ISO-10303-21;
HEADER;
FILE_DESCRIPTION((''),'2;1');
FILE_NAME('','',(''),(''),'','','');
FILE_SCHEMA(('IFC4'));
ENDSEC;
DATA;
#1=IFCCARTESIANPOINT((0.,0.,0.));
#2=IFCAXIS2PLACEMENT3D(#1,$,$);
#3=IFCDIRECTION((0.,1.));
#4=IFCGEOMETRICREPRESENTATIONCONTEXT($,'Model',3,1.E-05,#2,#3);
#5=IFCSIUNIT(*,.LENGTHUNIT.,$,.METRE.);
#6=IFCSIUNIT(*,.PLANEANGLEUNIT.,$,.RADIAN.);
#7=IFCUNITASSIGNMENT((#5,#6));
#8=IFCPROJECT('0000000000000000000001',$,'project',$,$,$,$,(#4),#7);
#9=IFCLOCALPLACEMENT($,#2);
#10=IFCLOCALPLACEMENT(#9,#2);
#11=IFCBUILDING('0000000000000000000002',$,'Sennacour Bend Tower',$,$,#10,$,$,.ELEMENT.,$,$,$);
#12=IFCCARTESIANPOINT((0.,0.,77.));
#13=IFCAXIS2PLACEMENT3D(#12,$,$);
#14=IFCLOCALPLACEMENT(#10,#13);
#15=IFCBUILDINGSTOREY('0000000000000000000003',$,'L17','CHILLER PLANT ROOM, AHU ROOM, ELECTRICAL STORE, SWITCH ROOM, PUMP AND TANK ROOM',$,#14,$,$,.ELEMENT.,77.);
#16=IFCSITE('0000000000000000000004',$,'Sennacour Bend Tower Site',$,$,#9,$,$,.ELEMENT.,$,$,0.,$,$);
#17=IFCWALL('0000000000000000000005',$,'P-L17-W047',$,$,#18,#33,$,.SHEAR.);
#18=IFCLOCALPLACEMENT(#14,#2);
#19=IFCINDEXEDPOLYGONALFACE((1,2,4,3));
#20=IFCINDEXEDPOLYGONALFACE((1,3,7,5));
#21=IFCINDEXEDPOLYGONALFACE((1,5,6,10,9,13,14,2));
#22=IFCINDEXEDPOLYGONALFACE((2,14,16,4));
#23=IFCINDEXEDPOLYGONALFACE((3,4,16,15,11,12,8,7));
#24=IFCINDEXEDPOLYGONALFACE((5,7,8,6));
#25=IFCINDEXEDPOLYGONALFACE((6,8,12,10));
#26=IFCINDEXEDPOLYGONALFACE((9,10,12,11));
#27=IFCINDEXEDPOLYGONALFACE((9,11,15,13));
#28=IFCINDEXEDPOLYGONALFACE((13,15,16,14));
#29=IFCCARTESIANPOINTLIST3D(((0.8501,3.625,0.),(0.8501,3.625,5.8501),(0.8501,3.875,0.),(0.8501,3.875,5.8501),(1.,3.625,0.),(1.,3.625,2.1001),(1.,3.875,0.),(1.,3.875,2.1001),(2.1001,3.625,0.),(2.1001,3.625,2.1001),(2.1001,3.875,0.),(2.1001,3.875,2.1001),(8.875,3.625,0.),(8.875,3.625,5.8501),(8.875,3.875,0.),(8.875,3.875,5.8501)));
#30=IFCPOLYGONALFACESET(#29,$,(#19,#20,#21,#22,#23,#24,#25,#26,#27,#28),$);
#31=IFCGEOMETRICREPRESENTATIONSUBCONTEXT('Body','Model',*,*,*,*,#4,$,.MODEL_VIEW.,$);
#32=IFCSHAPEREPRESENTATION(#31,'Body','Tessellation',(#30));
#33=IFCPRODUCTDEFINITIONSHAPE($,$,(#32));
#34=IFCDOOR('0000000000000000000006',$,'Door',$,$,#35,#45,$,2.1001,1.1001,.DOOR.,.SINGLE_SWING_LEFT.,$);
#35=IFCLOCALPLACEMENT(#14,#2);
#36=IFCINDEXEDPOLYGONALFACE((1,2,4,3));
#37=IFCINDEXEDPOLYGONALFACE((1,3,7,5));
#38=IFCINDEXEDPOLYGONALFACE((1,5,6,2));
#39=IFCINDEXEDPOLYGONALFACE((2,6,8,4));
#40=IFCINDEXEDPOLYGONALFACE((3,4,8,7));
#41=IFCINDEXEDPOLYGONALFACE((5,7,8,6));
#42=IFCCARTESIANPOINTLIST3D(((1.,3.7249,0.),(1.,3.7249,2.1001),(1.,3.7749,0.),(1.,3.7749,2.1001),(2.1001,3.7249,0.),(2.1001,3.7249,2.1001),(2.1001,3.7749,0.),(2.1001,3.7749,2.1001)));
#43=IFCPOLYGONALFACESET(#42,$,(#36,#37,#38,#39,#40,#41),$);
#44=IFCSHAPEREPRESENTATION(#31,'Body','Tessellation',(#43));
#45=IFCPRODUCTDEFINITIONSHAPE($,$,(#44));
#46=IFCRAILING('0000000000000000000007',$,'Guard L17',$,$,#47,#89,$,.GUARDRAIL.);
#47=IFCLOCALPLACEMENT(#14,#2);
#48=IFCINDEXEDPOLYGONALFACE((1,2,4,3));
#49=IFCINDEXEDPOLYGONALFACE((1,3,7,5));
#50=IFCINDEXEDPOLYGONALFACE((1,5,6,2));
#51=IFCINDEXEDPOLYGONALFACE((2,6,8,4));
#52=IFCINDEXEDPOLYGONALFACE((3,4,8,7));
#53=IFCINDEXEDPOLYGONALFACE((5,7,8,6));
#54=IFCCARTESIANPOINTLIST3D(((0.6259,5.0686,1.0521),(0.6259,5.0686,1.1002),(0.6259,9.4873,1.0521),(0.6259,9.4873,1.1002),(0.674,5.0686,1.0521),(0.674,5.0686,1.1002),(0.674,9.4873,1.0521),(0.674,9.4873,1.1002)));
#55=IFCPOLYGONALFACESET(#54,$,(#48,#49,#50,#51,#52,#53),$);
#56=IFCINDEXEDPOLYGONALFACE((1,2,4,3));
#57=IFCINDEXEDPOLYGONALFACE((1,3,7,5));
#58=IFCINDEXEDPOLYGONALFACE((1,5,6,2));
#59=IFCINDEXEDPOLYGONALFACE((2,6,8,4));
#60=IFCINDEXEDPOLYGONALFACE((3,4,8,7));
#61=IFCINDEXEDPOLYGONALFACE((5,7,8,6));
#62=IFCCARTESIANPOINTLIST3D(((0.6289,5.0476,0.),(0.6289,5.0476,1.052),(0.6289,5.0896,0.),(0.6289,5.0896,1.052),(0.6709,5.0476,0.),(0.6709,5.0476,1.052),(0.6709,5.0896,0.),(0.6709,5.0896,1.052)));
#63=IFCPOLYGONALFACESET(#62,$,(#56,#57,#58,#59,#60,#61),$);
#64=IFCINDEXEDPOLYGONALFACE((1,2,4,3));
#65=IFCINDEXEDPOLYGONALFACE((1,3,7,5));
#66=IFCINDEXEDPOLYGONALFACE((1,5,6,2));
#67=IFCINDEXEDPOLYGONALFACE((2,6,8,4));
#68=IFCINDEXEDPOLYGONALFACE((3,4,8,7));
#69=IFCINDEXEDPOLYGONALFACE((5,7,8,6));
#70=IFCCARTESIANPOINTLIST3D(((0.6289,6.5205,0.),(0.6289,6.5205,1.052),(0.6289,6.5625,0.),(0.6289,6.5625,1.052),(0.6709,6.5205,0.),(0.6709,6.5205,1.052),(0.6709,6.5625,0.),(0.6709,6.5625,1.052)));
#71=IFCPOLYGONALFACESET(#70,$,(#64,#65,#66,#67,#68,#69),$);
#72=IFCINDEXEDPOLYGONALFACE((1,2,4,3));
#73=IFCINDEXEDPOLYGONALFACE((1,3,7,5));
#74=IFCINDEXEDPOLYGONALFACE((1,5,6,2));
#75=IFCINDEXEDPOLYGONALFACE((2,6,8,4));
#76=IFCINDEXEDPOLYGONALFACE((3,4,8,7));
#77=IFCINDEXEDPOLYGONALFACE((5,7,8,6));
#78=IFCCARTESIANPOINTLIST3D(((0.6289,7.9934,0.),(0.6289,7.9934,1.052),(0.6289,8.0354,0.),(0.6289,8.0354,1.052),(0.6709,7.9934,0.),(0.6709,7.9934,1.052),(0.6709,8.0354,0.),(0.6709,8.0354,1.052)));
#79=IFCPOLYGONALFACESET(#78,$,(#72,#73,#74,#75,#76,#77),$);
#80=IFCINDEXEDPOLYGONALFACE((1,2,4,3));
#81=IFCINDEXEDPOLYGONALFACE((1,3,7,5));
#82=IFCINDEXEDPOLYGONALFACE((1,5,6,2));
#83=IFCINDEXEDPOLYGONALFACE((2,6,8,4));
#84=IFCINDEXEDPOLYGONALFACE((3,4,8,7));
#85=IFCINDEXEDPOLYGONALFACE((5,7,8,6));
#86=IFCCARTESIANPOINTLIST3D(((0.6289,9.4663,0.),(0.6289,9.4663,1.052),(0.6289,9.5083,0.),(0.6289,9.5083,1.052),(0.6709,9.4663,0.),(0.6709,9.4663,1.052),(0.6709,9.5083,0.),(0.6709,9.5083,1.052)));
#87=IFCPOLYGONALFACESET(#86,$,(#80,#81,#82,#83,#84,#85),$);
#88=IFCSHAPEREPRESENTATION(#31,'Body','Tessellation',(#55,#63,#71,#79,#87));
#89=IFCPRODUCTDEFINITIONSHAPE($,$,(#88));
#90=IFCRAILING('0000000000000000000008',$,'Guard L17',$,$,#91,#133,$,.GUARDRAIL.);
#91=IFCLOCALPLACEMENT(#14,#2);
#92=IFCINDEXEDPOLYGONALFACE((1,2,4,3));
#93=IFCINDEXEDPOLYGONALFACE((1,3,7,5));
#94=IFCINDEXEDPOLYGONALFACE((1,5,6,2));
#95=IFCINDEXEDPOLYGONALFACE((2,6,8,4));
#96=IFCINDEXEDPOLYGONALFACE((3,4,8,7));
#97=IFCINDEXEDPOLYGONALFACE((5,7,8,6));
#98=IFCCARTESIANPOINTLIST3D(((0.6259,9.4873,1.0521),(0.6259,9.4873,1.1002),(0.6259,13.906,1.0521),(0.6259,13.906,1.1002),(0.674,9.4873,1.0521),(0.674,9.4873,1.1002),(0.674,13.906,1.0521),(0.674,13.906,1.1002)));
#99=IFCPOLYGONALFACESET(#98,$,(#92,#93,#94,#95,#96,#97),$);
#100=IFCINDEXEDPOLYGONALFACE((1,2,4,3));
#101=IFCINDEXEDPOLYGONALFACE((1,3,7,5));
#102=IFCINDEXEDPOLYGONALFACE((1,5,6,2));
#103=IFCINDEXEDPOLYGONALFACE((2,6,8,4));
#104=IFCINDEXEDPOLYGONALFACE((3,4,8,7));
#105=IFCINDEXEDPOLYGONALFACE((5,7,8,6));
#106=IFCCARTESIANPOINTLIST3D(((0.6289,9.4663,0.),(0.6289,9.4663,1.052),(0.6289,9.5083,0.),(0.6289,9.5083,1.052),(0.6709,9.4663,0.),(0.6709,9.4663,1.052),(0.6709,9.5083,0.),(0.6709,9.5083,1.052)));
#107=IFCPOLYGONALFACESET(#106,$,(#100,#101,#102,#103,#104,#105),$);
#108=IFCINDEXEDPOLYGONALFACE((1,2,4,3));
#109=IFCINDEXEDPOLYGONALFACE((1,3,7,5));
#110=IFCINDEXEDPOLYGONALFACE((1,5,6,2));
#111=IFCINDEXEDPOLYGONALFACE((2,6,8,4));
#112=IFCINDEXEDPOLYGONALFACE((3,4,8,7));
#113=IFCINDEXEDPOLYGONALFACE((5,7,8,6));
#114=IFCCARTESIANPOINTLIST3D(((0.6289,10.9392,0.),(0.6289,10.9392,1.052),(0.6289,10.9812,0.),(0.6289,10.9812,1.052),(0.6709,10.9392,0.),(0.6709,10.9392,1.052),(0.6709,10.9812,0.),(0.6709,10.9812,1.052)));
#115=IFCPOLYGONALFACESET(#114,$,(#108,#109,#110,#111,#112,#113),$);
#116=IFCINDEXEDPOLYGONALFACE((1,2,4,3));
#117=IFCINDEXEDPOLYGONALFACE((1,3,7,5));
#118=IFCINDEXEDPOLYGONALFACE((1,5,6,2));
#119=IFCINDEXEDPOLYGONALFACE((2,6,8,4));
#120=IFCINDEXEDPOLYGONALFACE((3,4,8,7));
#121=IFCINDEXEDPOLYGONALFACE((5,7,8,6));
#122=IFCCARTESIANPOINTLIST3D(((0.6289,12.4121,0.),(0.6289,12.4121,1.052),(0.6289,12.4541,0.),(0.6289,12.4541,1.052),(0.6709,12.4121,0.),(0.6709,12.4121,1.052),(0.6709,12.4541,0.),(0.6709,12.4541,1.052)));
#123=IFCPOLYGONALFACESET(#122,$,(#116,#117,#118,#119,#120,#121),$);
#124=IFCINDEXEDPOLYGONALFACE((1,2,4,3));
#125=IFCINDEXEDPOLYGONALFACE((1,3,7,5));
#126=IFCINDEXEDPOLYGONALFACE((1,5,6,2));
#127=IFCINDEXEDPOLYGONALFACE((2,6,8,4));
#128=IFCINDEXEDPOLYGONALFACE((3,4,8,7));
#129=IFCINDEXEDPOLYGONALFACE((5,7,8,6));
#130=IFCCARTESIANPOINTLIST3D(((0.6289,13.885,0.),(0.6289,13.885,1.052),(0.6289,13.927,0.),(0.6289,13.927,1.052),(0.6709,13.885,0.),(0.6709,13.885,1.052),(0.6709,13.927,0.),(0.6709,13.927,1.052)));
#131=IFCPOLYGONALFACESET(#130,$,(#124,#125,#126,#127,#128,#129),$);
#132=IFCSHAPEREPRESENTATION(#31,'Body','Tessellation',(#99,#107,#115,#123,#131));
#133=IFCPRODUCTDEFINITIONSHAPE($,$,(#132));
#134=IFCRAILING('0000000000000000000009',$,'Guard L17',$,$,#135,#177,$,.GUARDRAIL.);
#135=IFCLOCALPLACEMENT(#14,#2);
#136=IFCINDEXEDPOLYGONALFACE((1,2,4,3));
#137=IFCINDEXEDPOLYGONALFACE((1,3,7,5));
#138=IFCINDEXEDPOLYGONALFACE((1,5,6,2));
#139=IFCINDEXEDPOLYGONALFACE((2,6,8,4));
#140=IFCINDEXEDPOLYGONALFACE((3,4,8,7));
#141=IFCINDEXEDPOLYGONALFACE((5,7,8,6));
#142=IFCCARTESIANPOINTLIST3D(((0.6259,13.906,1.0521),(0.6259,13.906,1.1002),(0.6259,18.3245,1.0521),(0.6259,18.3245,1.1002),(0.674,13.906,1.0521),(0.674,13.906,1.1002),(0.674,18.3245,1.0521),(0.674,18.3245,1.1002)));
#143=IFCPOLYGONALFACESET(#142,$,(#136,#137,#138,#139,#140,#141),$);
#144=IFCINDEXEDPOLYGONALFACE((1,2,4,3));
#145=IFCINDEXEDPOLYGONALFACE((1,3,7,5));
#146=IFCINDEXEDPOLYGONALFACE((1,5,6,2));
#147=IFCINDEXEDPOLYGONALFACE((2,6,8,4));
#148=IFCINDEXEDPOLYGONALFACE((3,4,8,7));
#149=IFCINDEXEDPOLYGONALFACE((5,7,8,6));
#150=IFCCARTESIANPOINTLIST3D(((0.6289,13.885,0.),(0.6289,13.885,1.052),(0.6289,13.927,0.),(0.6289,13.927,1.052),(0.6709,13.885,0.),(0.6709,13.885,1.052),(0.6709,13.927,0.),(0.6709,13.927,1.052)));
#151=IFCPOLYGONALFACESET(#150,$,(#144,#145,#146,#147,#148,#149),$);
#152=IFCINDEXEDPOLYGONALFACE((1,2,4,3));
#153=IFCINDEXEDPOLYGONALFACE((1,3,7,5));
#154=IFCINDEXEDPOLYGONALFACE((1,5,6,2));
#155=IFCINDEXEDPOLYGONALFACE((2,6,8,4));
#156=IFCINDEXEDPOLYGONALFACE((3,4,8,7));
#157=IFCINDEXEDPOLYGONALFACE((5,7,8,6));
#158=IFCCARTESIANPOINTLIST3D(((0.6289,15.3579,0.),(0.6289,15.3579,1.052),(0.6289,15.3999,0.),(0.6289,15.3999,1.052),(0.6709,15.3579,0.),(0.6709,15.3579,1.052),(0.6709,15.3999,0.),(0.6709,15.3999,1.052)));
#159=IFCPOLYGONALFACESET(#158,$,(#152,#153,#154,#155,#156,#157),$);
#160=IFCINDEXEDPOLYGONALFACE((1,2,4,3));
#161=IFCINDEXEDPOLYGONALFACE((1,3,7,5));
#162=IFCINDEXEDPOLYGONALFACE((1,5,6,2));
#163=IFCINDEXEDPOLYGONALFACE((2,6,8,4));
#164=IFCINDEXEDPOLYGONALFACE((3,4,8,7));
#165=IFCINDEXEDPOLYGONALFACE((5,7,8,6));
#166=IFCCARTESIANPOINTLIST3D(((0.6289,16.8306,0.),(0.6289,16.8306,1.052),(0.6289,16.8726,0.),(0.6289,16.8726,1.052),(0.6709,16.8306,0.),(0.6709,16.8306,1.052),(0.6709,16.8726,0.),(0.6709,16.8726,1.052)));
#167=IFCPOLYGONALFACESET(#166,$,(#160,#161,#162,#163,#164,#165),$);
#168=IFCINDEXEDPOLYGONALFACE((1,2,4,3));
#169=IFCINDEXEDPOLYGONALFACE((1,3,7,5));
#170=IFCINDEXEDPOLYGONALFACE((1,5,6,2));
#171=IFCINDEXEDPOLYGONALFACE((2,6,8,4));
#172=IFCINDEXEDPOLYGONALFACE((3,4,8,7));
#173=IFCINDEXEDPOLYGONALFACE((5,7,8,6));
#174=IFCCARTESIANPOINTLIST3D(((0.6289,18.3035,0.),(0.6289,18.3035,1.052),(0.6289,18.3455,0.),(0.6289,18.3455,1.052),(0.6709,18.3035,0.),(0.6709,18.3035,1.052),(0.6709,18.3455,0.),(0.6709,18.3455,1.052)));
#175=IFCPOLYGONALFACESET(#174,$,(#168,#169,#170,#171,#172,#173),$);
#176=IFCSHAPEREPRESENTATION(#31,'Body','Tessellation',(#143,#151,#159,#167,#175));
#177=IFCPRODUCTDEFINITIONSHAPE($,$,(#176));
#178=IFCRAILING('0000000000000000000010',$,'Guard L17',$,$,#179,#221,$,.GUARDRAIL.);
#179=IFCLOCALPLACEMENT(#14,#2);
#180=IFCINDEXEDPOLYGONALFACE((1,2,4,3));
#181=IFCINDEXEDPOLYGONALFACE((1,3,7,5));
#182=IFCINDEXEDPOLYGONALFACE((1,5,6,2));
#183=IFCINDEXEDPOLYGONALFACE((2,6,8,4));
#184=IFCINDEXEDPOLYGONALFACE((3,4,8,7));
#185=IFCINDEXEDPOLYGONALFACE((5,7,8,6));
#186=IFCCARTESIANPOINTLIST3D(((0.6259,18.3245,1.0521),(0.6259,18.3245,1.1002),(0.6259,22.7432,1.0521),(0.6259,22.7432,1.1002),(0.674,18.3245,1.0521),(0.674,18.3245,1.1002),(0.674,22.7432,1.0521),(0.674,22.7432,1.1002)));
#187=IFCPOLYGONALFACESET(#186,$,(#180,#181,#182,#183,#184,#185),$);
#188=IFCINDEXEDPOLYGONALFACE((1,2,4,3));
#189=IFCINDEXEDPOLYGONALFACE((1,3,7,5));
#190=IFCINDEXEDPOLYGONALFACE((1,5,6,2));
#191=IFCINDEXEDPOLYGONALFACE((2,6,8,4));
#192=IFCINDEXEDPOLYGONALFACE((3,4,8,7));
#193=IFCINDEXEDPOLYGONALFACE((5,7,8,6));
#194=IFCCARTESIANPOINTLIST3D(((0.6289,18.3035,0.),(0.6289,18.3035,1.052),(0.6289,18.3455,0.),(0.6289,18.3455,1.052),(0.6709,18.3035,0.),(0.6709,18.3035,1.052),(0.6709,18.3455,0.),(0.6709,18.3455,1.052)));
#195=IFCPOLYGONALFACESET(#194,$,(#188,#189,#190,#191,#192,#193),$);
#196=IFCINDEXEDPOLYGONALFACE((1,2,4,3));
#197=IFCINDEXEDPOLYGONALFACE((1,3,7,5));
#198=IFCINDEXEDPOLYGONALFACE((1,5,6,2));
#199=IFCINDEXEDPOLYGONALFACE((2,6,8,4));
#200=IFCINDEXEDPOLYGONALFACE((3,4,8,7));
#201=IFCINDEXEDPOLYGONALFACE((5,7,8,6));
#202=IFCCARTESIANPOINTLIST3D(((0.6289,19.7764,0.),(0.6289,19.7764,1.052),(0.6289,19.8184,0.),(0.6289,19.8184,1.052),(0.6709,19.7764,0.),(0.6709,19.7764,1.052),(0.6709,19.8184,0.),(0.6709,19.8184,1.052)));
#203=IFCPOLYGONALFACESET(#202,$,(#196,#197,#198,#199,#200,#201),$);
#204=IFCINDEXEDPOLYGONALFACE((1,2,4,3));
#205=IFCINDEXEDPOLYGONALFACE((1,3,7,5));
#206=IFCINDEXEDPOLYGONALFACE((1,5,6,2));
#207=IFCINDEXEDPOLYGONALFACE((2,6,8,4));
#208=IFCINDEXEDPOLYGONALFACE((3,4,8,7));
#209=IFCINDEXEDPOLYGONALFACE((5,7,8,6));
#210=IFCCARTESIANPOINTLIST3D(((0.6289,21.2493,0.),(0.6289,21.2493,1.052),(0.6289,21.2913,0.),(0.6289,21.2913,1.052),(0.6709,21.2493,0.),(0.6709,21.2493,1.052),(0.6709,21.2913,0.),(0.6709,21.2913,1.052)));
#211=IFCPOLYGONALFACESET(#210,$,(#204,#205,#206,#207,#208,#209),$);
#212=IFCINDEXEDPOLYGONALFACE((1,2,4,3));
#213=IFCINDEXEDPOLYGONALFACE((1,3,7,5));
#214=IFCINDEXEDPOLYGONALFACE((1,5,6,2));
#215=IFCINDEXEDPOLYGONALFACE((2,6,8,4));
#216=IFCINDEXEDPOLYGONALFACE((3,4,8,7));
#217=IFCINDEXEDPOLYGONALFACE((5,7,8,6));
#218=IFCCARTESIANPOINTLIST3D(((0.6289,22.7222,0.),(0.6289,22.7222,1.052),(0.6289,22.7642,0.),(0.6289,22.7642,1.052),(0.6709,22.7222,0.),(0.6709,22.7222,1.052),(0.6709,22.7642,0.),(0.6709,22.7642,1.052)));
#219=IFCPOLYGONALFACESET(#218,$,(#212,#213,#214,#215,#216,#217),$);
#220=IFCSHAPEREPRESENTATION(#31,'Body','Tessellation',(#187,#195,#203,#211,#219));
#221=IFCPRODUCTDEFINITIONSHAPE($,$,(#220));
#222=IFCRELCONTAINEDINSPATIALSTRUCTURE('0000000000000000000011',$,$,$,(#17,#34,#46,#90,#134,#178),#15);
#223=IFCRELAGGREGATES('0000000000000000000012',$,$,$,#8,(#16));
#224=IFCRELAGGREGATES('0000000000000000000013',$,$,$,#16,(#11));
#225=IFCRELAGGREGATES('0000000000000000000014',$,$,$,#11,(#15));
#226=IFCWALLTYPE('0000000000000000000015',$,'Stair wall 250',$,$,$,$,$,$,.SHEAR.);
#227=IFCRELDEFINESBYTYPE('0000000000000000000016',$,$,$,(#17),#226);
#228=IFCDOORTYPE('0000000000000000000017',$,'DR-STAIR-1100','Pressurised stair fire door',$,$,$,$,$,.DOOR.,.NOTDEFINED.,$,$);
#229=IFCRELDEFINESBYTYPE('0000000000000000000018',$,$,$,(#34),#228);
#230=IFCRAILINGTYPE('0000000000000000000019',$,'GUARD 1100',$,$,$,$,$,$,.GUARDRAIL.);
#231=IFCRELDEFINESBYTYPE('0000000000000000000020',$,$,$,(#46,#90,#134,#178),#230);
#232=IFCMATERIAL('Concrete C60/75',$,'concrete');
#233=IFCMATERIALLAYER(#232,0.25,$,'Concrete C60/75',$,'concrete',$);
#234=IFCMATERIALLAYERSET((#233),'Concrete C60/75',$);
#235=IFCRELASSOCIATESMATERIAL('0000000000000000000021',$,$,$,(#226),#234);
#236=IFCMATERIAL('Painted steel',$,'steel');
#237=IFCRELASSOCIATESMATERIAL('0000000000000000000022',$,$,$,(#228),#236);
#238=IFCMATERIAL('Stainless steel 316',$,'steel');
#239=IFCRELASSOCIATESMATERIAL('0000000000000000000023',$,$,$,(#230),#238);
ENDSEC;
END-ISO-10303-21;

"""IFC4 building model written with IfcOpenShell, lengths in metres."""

from ifc_helpers import new_model, si_unit, direction, frame, frame_2d, origin, origin_2d, place, context, subcontext, project, spatial, rectangle, extrude, material, layer, layer_set, type_object, element, fill, save


model = new_model("IFC4")

# Units and contexts
model_context = context("Model", 3, precision=1e-05, world=origin(), true_north=direction((0.0, 1.0)))
body_context = subcontext(model_context, "Body", "Model", "MODEL_VIEW")
ifc_project = project(units=[si_unit("LENGTHUNIT", "METRE"), si_unit("PLANEANGLEUNIT", "RADIAN")], contexts=[model_context])

# Site, building, storey
site_placement = place(None, origin())
site = spatial("IfcSite", under=ifc_project, at=site_placement, Name="Sennacour Bend Tower Site", CompositionType="ELEMENT", RefElevation=0.0)
building_placement = place(site_placement, origin())
building = spatial("IfcBuilding", under=site, at=building_placement, Name="Sennacour Bend Tower", CompositionType="ELEMENT")
storey_placement = place(building_placement, frame((0.0, 0.0, 77.0)))
storey = spatial("IfcBuildingStorey", under=building, at=storey_placement, Name="L17", Description="CHILLER PLANT ROOM, AHU ROOM, ELECTRICAL STORE, SWITCH ROOM, PUMP AND TANK ROOM", CompositionType="ELEMENT", Elevation=77.0)

# Wall, opening, door
ifc_material_1 = material(Name="Painted steel", Category="steel")
ifc_material_2 = material(Name="Concrete C60/75", Category="concrete")
ifc_layer_1 = layer(ifc_material_2, 0.25, Name="Concrete C60/75", Category="concrete")
ifc_layer_set_1 = layer_set([ifc_layer_1], Name="Concrete C60/75")
wall_type_1 = type_object("IfcWallType", Name="Stair wall 250", PredefinedType="SHEAR", material=ifc_layer_set_1)
wall_1_placement = place(storey_placement, frame((0.8501, 3.75, 0.0), z_axis=(0.0, 0.0, 1.0), x_axis=(1.0, 0.0, 0.0)))
wall_1 = element("IfcWall", 1, at=wall_1_placement, inside=storey, type_object=wall_type_1, Name="P-L17-W047", PredefinedType="SHEAR", context=body_context, shape_type="SweptSolid", body=[
    extrude(rectangle(XDim=8.0249, YDim=0.25, at=frame_2d((4.0125, 0.0))), origin(), (0.0, 0.0, 1.0), 5.8501),
])
opening_1_placement = place(wall_1_placement, frame((0.1499, 0.0, 0.0)))
opening_1 = element("IfcOpeningElement", 2, at=opening_1_placement, cuts=wall_1, PredefinedType="OPENING", context=body_context, shape_type="SweptSolid", body=[
    extrude(rectangle(XDim=1.1001, YDim=2.1001, at=frame_2d((0.55, 1.05))), frame((0.0, 0.135, 0.0), z_axis=(0.0, -1.0, 0.0), x_axis=(1.0, 0.0, 0.0)), (0.0, 0.0, 1.0), 0.27),
])
door_type_1 = type_object("IfcDoorType", Name="DR-STAIR-1100", Description="Pressurised stair fire door", OperationType="NOTDEFINED", PredefinedType="DOOR", material=ifc_material_1)
door_1_placement = place(opening_1_placement, origin())
door_1 = element("IfcDoor", 3, at=door_1_placement, inside=storey, type_object=door_type_1, Name="Door", OperationType="SINGLE_SWING_LEFT", OverallHeight=2.1001, OverallWidth=1.1001, PredefinedType="DOOR", context=body_context, shape_type="SweptSolid", body=[
    extrude(rectangle(XDim=1.1001, YDim=2.1001, at=frame_2d((0.55, 1.05))), frame((0.0, 0.0249, 0.0), z_axis=(0.0, -1.0, 0.0), x_axis=(1.0, 0.0, 0.0)), (0.0, 0.0, 1.0), 0.05),
])
fill(opening_1, door_1)

# Railings
ifc_material_3 = material(Name="Stainless steel 316", Category="steel")
railing_type = type_object("IfcRailingType", Name="GUARD 1100", PredefinedType="GUARDRAIL", material=ifc_material_3)
for number, where, name in (
    (4, (0.6499, 5.0686, 0.0), "Guard L17"),
    (5, (0.6499, 9.4873, 0.0), "Guard L17"),
):
    element("IfcRailing", number, at=place(storey_placement, frame(where)), inside=storey, type_object=railing_type, Name=name, PredefinedType="GUARDRAIL", context=body_context, shape_type="SweptSolid", body=[
        extrude(rectangle(XDim=0.0481, YDim=0.0481, at=origin_2d()), frame((0.0, 0.0, 1.0762), z_axis=(0.0, 1.0, 0.0), x_axis=(-1.0, 0.0, 0.0)), (0.0, 0.0, 1.0), 4.4187),
        extrude(rectangle(XDim=0.042, YDim=0.042, at=origin_2d()), origin(), (0.0, 0.0, 1.0), 1.052),
        extrude(rectangle(XDim=0.042, YDim=0.042, at=origin_2d()), frame((0.0, 1.4729, 0.0)), (0.0, 0.0, 1.0), 1.052),
        extrude(rectangle(XDim=0.042, YDim=0.042, at=origin_2d()), frame((0.0, 2.9458, 0.0)), (0.0, 0.0, 1.0), 1.052),
        extrude(rectangle(XDim=0.042, YDim=0.042, at=origin_2d()), frame((0.0, 4.4187, 0.0)), (0.0, 0.0, 1.0), 1.052),
    ])
railing_1_placement = place(storey_placement, frame((0.6499, 13.906, 0.0)))
element("IfcRailing", 6, at=railing_1_placement, inside=storey, type_object=railing_type, Name="Guard L17", PredefinedType="GUARDRAIL", context=body_context, shape_type="SweptSolid", body=[
    extrude(rectangle(XDim=0.0481, YDim=0.0481, at=origin_2d()), frame((0.0, 0.0, 1.0762), z_axis=(0.0, 1.0, 0.0), x_axis=(-1.0, 0.0, 0.0)), (0.0, 0.0, 1.0), 4.4185),
    extrude(rectangle(XDim=0.042, YDim=0.042, at=origin_2d()), origin(), (0.0, 0.0, 1.0), 1.052),
    extrude(rectangle(XDim=0.042, YDim=0.042, at=origin_2d()), frame((0.0, 1.4729, 0.0)), (0.0, 0.0, 1.0), 1.052),
    extrude(rectangle(XDim=0.042, YDim=0.042, at=origin_2d()), frame((0.0, 2.9456, 0.0)), (0.0, 0.0, 1.0), 1.052),
    extrude(rectangle(XDim=0.042, YDim=0.042, at=origin_2d()), frame((0.0, 4.4185, 0.0)), (0.0, 0.0, 1.0), 1.052),
])
railing_2_placement = place(storey_placement, frame((0.6499, 18.3245, 0.0)))
element("IfcRailing", 7, at=railing_2_placement, inside=storey, type_object=railing_type, Name="Guard L17", PredefinedType="GUARDRAIL", context=body_context, shape_type="SweptSolid", body=[
    extrude(rectangle(XDim=0.0481, YDim=0.0481, at=origin_2d()), frame((0.0, 0.0, 1.0762), z_axis=(0.0, 1.0, 0.0), x_axis=(-1.0, 0.0, 0.0)), (0.0, 0.0, 1.0), 4.4187),
    extrude(rectangle(XDim=0.042, YDim=0.042, at=origin_2d()), origin(), (0.0, 0.0, 1.0), 1.052),
    extrude(rectangle(XDim=0.042, YDim=0.042, at=origin_2d()), frame((0.0, 1.4729, 0.0)), (0.0, 0.0, 1.0), 1.052),
    extrude(rectangle(XDim=0.042, YDim=0.042, at=origin_2d()), frame((0.0, 2.9458, 0.0)), (0.0, 0.0, 1.0), 1.052),
    extrude(rectangle(XDim=0.042, YDim=0.042, at=origin_2d()), frame((0.0, 4.4187, 0.0)), (0.0, 0.0, 1.0), 1.052),
])

save(model, "model.ifc")
